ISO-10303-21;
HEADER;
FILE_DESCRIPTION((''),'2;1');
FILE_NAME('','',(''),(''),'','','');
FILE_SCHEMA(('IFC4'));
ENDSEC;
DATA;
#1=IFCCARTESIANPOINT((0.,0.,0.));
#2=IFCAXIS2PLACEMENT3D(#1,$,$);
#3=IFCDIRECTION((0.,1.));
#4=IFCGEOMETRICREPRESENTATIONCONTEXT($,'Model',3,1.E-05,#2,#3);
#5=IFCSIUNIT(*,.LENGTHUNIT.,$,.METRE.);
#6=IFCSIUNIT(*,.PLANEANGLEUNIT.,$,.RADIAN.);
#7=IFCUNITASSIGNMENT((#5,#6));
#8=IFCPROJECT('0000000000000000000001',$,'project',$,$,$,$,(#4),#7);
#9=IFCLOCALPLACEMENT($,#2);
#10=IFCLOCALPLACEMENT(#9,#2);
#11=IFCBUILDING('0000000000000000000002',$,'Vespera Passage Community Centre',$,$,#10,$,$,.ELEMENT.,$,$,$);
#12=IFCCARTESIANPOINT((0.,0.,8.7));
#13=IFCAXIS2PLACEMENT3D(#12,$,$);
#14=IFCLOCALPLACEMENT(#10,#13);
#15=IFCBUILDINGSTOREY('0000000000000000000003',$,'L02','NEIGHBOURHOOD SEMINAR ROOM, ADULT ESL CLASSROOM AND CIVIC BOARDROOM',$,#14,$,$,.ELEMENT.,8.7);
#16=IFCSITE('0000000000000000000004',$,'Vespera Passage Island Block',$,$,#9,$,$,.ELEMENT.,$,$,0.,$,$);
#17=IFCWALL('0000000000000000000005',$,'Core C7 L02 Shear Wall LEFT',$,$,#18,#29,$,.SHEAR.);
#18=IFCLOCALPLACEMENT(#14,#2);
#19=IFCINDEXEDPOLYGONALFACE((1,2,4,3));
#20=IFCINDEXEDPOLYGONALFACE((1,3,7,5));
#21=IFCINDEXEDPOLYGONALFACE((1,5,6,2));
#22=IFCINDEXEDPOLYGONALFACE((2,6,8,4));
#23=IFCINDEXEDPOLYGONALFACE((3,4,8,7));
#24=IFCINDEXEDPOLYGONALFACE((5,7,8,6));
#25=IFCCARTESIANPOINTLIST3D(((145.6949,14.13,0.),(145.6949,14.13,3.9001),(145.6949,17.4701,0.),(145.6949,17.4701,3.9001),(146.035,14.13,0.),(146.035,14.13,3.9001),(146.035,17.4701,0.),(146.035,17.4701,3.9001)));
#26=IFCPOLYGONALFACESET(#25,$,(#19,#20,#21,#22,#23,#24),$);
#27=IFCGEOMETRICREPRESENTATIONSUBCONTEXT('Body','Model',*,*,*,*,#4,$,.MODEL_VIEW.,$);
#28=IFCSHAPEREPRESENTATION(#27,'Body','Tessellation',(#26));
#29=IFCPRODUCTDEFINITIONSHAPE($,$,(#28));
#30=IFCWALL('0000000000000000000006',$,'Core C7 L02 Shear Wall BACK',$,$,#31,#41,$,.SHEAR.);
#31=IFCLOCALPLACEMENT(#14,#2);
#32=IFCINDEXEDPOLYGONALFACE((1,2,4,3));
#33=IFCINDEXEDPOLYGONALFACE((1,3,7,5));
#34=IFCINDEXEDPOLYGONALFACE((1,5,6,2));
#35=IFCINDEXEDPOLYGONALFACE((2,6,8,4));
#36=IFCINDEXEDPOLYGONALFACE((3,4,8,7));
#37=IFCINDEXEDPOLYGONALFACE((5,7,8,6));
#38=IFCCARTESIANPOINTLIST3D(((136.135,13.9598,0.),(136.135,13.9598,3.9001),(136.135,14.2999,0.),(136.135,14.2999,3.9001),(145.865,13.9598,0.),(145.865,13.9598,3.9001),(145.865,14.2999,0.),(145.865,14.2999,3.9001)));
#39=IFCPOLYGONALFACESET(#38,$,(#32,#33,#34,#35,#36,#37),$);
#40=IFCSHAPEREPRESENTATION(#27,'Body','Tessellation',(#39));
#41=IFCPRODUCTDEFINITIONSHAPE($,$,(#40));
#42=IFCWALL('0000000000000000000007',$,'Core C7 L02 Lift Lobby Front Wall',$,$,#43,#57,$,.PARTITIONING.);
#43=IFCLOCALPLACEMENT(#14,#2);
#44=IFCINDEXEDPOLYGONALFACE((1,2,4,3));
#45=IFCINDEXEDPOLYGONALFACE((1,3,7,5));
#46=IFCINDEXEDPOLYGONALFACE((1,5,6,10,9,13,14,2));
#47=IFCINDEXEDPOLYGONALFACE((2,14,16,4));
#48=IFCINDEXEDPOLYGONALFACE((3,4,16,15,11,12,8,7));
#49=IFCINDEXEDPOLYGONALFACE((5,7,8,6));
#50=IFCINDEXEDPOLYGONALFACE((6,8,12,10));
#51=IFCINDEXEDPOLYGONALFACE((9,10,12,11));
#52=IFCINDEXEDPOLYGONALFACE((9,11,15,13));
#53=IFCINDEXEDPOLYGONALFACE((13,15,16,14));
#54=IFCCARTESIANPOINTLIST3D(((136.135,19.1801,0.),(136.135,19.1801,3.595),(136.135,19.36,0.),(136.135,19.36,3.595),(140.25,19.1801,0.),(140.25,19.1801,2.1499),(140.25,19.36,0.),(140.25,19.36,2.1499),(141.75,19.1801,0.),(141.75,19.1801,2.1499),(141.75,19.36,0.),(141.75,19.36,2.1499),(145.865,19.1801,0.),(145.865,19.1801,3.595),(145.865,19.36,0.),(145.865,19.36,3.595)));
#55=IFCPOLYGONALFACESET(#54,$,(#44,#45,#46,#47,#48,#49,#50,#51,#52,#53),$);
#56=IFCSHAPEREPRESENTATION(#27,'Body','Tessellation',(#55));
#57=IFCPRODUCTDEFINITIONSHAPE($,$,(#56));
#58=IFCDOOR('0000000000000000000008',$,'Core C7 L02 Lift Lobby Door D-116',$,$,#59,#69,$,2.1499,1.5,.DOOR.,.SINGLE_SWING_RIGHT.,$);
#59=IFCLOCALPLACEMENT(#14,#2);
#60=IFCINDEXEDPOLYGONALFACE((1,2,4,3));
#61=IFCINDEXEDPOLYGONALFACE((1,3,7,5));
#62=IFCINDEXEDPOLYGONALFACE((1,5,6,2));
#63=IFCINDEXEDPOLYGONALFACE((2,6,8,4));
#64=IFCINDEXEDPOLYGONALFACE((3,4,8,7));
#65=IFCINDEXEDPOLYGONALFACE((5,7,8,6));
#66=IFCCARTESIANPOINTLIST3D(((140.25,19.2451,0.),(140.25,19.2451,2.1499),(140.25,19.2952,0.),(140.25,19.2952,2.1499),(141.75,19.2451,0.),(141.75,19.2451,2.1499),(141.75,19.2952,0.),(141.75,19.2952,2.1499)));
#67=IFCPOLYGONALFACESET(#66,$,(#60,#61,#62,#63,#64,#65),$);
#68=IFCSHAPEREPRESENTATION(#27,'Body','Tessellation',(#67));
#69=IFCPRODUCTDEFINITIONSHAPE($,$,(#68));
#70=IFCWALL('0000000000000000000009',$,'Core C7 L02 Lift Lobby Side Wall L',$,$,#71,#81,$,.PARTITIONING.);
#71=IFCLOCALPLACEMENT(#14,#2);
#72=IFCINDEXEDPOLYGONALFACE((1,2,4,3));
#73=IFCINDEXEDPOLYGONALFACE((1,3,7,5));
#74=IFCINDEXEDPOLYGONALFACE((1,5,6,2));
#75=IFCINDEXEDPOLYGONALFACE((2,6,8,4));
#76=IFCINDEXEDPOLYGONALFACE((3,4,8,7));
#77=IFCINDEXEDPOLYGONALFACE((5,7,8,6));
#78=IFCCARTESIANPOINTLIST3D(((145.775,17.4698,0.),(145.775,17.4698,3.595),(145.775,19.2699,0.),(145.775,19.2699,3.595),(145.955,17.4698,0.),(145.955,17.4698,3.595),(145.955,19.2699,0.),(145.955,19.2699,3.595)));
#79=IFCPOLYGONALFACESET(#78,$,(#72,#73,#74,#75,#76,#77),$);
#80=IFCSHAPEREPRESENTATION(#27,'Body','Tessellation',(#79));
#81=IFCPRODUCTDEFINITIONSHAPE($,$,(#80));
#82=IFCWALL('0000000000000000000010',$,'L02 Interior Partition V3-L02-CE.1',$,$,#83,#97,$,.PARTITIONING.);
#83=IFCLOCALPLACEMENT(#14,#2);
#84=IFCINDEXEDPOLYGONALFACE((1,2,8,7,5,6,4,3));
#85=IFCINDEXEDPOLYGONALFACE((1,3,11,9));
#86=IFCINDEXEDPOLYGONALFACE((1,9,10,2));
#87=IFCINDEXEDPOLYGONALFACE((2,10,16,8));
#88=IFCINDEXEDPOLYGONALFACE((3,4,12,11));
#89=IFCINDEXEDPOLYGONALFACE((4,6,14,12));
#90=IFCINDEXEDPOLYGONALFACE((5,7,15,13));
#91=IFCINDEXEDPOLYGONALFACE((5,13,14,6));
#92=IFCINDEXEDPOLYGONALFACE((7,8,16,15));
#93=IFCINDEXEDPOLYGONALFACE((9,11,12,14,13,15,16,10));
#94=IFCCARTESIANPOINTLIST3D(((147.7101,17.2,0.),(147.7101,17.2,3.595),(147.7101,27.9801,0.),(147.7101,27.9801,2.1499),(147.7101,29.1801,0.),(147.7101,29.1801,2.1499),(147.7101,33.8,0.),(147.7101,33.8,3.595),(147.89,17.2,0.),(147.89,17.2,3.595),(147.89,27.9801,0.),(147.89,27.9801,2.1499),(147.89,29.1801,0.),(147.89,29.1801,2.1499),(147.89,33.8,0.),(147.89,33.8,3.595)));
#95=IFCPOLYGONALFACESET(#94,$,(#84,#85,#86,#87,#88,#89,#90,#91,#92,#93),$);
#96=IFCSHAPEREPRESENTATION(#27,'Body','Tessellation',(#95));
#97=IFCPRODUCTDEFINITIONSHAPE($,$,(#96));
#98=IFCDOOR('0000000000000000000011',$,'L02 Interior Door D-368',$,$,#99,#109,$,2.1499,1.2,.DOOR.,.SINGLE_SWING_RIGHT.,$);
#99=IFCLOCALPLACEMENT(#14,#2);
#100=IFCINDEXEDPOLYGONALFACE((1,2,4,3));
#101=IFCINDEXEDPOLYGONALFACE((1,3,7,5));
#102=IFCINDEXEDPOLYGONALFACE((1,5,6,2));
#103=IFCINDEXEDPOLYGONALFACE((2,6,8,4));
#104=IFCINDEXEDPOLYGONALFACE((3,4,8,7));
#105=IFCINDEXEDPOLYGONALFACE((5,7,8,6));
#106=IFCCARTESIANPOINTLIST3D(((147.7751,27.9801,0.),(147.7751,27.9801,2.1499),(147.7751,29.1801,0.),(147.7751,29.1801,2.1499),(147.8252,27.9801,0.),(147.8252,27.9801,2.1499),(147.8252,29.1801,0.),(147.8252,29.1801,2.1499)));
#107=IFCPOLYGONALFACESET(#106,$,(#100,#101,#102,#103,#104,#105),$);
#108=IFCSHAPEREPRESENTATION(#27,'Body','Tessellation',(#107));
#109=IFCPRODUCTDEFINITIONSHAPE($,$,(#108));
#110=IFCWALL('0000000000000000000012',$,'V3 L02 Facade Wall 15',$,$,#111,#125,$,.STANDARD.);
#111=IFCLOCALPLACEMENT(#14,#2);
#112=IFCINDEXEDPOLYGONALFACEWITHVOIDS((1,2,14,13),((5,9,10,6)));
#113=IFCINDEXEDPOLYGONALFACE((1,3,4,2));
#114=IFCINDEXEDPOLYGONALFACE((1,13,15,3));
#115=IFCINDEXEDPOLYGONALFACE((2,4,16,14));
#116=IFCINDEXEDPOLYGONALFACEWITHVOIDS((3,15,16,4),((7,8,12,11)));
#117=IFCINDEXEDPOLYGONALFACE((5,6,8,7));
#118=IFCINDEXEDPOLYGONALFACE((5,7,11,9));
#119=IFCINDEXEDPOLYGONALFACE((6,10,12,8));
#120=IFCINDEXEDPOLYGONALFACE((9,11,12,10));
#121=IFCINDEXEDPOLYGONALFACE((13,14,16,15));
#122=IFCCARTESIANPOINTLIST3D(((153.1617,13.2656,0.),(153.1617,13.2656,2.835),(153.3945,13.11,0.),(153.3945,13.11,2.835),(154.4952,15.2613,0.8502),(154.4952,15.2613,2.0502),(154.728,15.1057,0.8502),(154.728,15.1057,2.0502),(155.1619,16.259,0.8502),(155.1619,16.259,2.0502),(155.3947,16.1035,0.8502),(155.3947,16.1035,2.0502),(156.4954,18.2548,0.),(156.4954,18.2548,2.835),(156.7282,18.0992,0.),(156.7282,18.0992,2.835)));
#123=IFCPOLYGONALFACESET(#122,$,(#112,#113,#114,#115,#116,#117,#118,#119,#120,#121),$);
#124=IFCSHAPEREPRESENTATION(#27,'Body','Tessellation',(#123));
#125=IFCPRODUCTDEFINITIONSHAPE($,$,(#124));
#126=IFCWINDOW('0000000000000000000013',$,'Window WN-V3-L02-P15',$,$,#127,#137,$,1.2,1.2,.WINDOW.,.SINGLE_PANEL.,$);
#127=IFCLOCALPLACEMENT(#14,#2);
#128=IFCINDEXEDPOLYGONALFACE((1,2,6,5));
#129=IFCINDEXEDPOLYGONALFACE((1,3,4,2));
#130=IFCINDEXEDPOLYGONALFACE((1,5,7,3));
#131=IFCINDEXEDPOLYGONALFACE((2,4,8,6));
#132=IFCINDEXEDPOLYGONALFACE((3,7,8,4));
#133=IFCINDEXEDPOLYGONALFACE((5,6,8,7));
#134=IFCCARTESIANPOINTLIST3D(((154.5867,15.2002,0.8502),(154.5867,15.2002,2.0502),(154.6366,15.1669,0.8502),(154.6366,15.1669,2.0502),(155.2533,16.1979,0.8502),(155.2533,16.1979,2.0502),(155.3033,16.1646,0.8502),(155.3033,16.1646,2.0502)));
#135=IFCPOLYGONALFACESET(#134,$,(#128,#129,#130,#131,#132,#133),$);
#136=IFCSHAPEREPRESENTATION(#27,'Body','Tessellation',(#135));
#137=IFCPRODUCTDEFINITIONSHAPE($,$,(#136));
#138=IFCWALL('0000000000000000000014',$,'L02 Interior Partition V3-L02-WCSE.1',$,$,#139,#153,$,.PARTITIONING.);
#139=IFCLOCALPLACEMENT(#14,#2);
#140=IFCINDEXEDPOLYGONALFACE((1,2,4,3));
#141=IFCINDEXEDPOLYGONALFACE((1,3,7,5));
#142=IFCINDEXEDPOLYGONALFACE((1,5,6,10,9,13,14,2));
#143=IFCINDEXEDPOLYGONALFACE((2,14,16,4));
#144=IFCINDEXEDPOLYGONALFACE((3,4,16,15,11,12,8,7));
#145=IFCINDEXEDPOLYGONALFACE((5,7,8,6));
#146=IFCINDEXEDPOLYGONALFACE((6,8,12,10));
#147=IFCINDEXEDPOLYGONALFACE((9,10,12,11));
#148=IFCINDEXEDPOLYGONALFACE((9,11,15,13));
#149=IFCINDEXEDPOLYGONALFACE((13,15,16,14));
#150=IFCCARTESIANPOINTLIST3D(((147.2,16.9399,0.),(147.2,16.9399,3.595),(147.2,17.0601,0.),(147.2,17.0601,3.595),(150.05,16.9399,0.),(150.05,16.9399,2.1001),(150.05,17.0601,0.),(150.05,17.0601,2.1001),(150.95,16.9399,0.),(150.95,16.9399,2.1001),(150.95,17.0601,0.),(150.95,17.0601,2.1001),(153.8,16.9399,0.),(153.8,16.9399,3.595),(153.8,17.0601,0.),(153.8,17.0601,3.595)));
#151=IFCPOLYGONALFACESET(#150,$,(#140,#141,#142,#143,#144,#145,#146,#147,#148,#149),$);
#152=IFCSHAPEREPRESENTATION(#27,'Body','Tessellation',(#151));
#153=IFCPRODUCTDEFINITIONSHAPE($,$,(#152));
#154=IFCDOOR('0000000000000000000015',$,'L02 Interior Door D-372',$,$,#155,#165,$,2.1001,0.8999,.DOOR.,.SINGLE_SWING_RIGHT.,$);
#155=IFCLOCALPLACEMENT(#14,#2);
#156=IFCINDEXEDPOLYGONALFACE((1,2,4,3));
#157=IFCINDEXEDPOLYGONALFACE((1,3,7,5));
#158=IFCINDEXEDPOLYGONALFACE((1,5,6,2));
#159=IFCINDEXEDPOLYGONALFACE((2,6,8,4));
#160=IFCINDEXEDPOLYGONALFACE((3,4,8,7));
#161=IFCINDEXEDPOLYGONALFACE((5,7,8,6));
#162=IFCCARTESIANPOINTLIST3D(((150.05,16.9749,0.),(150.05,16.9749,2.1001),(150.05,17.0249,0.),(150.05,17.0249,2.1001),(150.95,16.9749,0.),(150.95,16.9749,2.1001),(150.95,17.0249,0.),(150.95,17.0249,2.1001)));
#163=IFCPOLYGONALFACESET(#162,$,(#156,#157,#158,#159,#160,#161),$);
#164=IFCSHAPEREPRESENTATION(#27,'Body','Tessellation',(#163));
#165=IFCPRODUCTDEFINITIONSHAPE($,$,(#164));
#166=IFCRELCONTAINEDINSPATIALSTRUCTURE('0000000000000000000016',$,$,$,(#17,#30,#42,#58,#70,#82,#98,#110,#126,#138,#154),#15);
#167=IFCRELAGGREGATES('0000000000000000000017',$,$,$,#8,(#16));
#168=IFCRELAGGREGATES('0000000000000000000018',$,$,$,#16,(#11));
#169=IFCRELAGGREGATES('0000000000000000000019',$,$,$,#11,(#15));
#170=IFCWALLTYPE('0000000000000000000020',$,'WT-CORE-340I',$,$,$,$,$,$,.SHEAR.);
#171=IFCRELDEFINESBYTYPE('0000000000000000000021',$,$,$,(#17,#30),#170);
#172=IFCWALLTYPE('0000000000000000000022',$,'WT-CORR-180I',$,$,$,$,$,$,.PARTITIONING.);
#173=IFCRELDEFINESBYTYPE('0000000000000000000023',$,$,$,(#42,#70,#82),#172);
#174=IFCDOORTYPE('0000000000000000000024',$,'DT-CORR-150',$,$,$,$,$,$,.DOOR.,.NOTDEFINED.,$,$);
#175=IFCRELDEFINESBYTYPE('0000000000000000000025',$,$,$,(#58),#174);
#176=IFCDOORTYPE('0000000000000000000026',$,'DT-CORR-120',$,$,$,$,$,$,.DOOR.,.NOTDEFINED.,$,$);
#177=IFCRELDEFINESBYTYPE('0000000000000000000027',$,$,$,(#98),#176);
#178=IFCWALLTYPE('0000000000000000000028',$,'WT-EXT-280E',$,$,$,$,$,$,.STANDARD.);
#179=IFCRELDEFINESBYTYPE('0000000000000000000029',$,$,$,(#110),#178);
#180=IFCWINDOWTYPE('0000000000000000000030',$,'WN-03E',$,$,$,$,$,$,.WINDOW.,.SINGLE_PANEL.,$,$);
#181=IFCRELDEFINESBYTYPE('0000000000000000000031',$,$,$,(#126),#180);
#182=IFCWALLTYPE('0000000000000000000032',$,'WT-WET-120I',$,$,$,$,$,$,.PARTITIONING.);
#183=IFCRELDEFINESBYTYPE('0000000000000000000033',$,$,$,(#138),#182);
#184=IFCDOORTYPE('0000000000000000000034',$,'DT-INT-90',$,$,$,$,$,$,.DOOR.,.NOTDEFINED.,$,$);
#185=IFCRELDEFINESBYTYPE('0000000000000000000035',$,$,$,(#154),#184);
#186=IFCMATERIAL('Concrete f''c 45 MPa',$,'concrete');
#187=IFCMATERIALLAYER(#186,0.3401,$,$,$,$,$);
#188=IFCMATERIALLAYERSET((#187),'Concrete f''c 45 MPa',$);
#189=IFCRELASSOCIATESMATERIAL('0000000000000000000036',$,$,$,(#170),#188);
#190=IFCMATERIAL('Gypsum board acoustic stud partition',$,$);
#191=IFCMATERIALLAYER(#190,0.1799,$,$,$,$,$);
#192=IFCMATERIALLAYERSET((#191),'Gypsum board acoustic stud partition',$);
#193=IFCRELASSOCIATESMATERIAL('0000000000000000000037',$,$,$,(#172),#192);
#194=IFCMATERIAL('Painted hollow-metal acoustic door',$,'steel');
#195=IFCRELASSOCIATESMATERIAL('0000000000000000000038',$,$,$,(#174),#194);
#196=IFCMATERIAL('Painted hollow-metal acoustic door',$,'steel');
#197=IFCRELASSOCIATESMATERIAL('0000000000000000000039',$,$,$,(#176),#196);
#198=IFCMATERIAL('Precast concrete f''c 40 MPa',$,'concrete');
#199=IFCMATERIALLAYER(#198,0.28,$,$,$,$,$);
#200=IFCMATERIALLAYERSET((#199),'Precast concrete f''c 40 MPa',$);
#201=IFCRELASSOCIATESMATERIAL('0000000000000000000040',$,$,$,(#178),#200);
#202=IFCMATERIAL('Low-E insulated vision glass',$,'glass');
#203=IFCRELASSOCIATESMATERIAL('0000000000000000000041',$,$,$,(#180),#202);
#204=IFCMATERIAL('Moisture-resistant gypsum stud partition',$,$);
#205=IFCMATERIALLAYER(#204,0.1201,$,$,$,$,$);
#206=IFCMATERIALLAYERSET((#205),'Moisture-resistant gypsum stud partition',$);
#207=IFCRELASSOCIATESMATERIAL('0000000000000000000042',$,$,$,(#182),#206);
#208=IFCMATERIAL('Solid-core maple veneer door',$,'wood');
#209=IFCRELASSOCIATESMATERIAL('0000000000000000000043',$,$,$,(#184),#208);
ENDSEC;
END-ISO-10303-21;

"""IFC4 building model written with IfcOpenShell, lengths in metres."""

from ifc_helpers import new_model, si_unit, direction, frame, frame_2d, origin, place, context, subcontext, project, spatial, rectangle, extrude, material, layer, layer_set, type_object, element, fill, save


model = new_model("IFC4")

# Units and contexts
model_context = context("Model", 3, precision=1e-05, world=origin(), true_north=direction((0.0, 1.0)))
body_context = subcontext(model_context, "Body", "Model", "MODEL_VIEW")
ifc_project = project(units=[si_unit("LENGTHUNIT", "METRE"), si_unit("PLANEANGLEUNIT", "RADIAN")], contexts=[model_context])

# Site, building, storey
site_placement = place(None, origin())
site = spatial("IfcSite", under=ifc_project, at=site_placement, Name="Vespera Passage Island Block", CompositionType="ELEMENT", RefElevation=0.0)
building_placement = place(site_placement, origin())
building = spatial("IfcBuilding", under=site, at=building_placement, Name="Vespera Passage Community Centre", CompositionType="ELEMENT")
storey_placement = place(building_placement, frame((0.0, 0.0, 8.7)))
storey = spatial("IfcBuildingStorey", under=building, at=storey_placement, Name="L02", Description="NEIGHBOURHOOD SEMINAR ROOM, ADULT ESL CLASSROOM AND CIVIC BOARDROOM", CompositionType="ELEMENT", Elevation=8.7)

# Walls
ifc_material_1 = material(Name="Concrete f'c 45 MPa", Category="concrete")
ifc_layer_1 = layer(ifc_material_1, 0.3401)
ifc_layer_set_1 = layer_set([ifc_layer_1], Name="Concrete f'c 45 MPa")
wall_type_1 = type_object("IfcWallType", Name="WT-CORE-340I", PredefinedType="SHEAR", material=ifc_layer_set_1)
wall_1_placement = place(storey_placement, frame((145.865, 17.47, 0.0), z_axis=(0.0, 0.0, 1.0), x_axis=(0.0, -1.0, 0.0)))
element("IfcWall", 1, at=wall_1_placement, inside=storey, type_object=wall_type_1, Name="Core C7 L02 Shear Wall LEFT", PredefinedType="SHEAR", context=body_context, shape_type="SweptSolid", body=[
    extrude(rectangle(XDim=3.3401, YDim=0.3401, at=frame_2d((1.6699, 0.0))), origin(), (0.0, 0.0, 1.0), 3.9001),
])
wall_2_placement = place(storey_placement, frame((145.865, 14.1299, 0.0), z_axis=(0.0, 0.0, 1.0), x_axis=(-1.0, 0.0, 0.0)))
element("IfcWall", 2, at=wall_2_placement, inside=storey, type_object=wall_type_1, Name="Core C7 L02 Shear Wall BACK", PredefinedType="SHEAR", context=body_context, shape_type="SweptSolid", body=[
    extrude(rectangle(XDim=9.73, YDim=0.3401, at=frame_2d((4.865, 0.0))), origin(), (0.0, 0.0, 1.0), 3.9001),
])

# Wall, opening, door
ifc_material_2 = material(Name="Gypsum board acoustic stud partition")
ifc_layer_2 = layer(ifc_material_2, 0.1799)
ifc_layer_set_2 = layer_set([ifc_layer_2], Name="Gypsum board acoustic stud partition")
wall_type_2 = type_object("IfcWallType", Name="WT-CORR-180I", PredefinedType="PARTITIONING", material=ifc_layer_set_2)
wall_3_placement = place(storey_placement, frame((145.865, 19.27, 0.0), z_axis=(0.0, 0.0, 1.0), x_axis=(-1.0, 0.0, 0.0)))
wall_3 = element("IfcWall", 3, at=wall_3_placement, inside=storey, type_object=wall_type_2, Name="Core C7 L02 Lift Lobby Front Wall", PredefinedType="PARTITIONING", context=body_context, shape_type="SweptSolid", body=[
    extrude(rectangle(XDim=9.73, YDim=0.1799, at=frame_2d((4.865, 0.0))), origin(), (0.0, 0.0, 1.0), 3.595),
])
opening_1_placement = place(wall_3_placement, frame((4.115, 0.0, 0.0)))
opening_1 = element("IfcOpeningElement", 4, at=opening_1_placement, cuts=wall_3, PredefinedType="OPENING", context=body_context, shape_type="SweptSolid", body=[
    extrude(rectangle(XDim=1.5, YDim=2.1499, at=frame_2d((0.75, 1.075))), frame((0.0, 0.0999, 0.0), z_axis=(0.0, -1.0, 0.0), x_axis=(1.0, 0.0, 0.0)), (0.0, 0.0, 1.0), 0.2),
])
ifc_material_3 = material(Name="Painted hollow-metal acoustic door", Category="steel")
door_type_1 = type_object("IfcDoorType", Name="DT-CORR-150", OperationType="NOTDEFINED", PredefinedType="DOOR", material=ifc_material_3)
door_1_placement = place(opening_1_placement, origin())
door_1 = element("IfcDoor", 5, at=door_1_placement, inside=storey, type_object=door_type_1, Name="Core C7 L02 Lift Lobby Door D-116", OperationType="SINGLE_SWING_RIGHT", OverallHeight=2.1499, OverallWidth=1.5, PredefinedType="DOOR", context=body_context, shape_type="SweptSolid", body=[
    extrude(rectangle(XDim=1.5, YDim=2.1499, at=frame_2d((0.75, 1.075))), frame((0.0, 0.0249, 0.0), z_axis=(0.0, -1.0, 0.0), x_axis=(1.0, 0.0, 0.0)), (0.0, 0.0, 1.0), 0.05),
])
fill(opening_1, door_1)

# Wall
wall_4_placement = place(storey_placement, frame((145.865, 17.47, 0.0), z_axis=(0.0, 0.0, 1.0), x_axis=(0.0, 1.0, 0.0)))
element("IfcWall", 6, at=wall_4_placement, inside=storey, type_object=wall_type_2, Name="Core C7 L02 Lift Lobby Side Wall L", PredefinedType="PARTITIONING", context=body_context, shape_type="SweptSolid", body=[
    extrude(rectangle(XDim=1.8, YDim=0.1799, at=frame_2d((0.8999, 0.0))), origin(), (0.0, 0.0, 1.0), 3.595),
])

# Wall, opening, door
wall_5_placement = place(storey_placement, frame((147.8, 17.2, 0.0), z_axis=(0.0, 0.0, 1.0), x_axis=(0.0, 1.0, 0.0)))
wall_5 = element("IfcWall", 7, at=wall_5_placement, inside=storey, type_object=wall_type_2, Name="L02 Interior Partition V3-L02-CE.1", PredefinedType="PARTITIONING", context=body_context, shape_type="SweptSolid", body=[
    extrude(rectangle(XDim=16.6001, YDim=0.1799, at=frame_2d((8.3, 0.0))), origin(), (0.0, 0.0, 1.0), 3.595),
])
opening_2_placement = place(wall_5_placement, frame((10.78, 0.0, 0.0)))
opening_2 = element("IfcOpeningElement", 8, at=opening_2_placement, cuts=wall_5, PredefinedType="OPENING", context=body_context, shape_type="SweptSolid", body=[
    extrude(rectangle(XDim=1.2, YDim=2.1499, at=frame_2d((0.6001, 1.075))), frame((0.0, 0.0999, 0.0), z_axis=(0.0, -1.0, 0.0), x_axis=(1.0, 0.0, 0.0)), (0.0, 0.0, 1.0), 0.2),
])
ifc_material_4 = material(Name="Painted hollow-metal acoustic door", Category="steel")
door_type_2 = type_object("IfcDoorType", Name="DT-CORR-120", OperationType="NOTDEFINED", PredefinedType="DOOR", material=ifc_material_4)
door_2_placement = place(opening_2_placement, origin())
door_2 = element("IfcDoor", 9, at=door_2_placement, inside=storey, type_object=door_type_2, Name="L02 Interior Door D-368", OperationType="SINGLE_SWING_RIGHT", OverallHeight=2.1499, OverallWidth=1.2, PredefinedType="DOOR", context=body_context, shape_type="SweptSolid", body=[
    extrude(rectangle(XDim=1.2, YDim=2.1499, at=frame_2d((0.6001, 1.075))), frame((0.0, 0.0249, 0.0), z_axis=(0.0, -1.0, 0.0), x_axis=(1.0, 0.0, 0.0)), (0.0, 0.0, 1.0), 0.05),
])
fill(opening_2, door_2)

# Wall, opening, window
ifc_material_5 = material(Name="Precast concrete f'c 40 MPa", Category="concrete")
ifc_layer_3 = layer(ifc_material_5, 0.28)
ifc_layer_set_3 = layer_set([ifc_layer_3], Name="Precast concrete f'c 40 MPa")
wall_type_3 = type_object("IfcWallType", Name="WT-EXT-280E", PredefinedType="STANDARD", material=ifc_layer_set_3)
wall_6_placement = place(storey_placement, frame((156.6118, 18.177, 0.0), z_axis=(0.0, 0.0, 1.0), x_axis=(-0.555573, -0.831468, 0.0)))
wall_6 = element("IfcWall", 10, at=wall_6_placement, inside=storey, type_object=wall_type_3, Name="V3 L02 Facade Wall 15", PredefinedType="STANDARD", context=body_context, shape_type="SweptSolid", body=[
    extrude(rectangle(XDim=6.0005, YDim=0.28, at=frame_2d((3.0002, 0.0))), origin(), (0.0, 0.0, 1.0), 2.835),
])
opening_3_placement = place(wall_6_placement, frame((2.4001, 0.0, 0.8501)))
opening_3 = element("IfcOpeningElement", 11, at=opening_3_placement, cuts=wall_6, PredefinedType="OPENING", context=body_context, shape_type="SweptSolid", body=[
    extrude(rectangle(XDim=1.2, YDim=1.2, at=frame_2d((0.6001, 0.6001))), frame((0.0, 0.1501, 0.0), z_axis=(0.0, -1.0, 0.0), x_axis=(1.0, 0.0, 0.0)), (0.0, 0.0, 1.0), 0.3),
])
ifc_material_6 = material(Name="Low-E insulated vision glass", Category="glass")
window_type = type_object("IfcWindowType", Name="WN-03E", PartitioningType="SINGLE_PANEL", PredefinedType="WINDOW", material=ifc_material_6)
window_placement = place(opening_3_placement, origin())
window = element("IfcWindow", 12, at=window_placement, inside=storey, type_object=window_type, Name="Window WN-V3-L02-P15", OverallHeight=1.2, OverallWidth=1.2, PartitioningType="SINGLE_PANEL", PredefinedType="WINDOW", context=body_context, shape_type="SweptSolid", body=[
    extrude(rectangle(XDim=1.2, YDim=1.2, at=frame_2d((0.6001, 0.6001))), frame((0.0, 0.03, 0.0), z_axis=(0.0, -1.0, 0.0), x_axis=(1.0, 0.0, 0.0)), (0.0, 0.0, 1.0), 0.0601),
])
fill(opening_3, window)

# Wall, opening, door
ifc_material_7 = material(Name="Moisture-resistant gypsum stud partition")
ifc_layer_4 = layer(ifc_material_7, 0.1201)
ifc_layer_set_4 = layer_set([ifc_layer_4], Name="Moisture-resistant gypsum stud partition")
wall_type_4 = type_object("IfcWallType", Name="WT-WET-120I", PredefinedType="PARTITIONING", material=ifc_layer_set_4)
wall_7_placement = place(storey_placement, frame((147.2, 17.0, 0.0), z_axis=(0.0, 0.0, 1.0), x_axis=(1.0, 0.0, 0.0)))
wall_7 = element("IfcWall", 13, at=wall_7_placement, inside=storey, type_object=wall_type_4, Name="L02 Interior Partition V3-L02-WCSE.1", PredefinedType="PARTITIONING", context=body_context, shape_type="SweptSolid", body=[
    extrude(rectangle(XDim=6.6001, YDim=0.1201, at=frame_2d((3.3, 0.0))), origin(), (0.0, 0.0, 1.0), 3.595),
])
opening_4_placement = place(wall_7_placement, frame((2.8501, 0.0, 0.0)))
opening_4 = element("IfcOpeningElement", 14, at=opening_4_placement, cuts=wall_7, PredefinedType="OPENING", context=body_context, shape_type="SweptSolid", body=[
    extrude(rectangle(XDim=0.8999, YDim=2.1001, at=frame_2d((0.45, 1.05))), frame((0.0, 0.0701, 0.0), z_axis=(0.0, -1.0, 0.0), x_axis=(1.0, 0.0, 0.0)), (0.0, 0.0, 1.0), 0.1401),
])
ifc_material_8 = material(Name="Solid-core maple veneer door", Category="wood")
door_type_3 = type_object("IfcDoorType", Name="DT-INT-90", OperationType="NOTDEFINED", PredefinedType="DOOR", material=ifc_material_8)
door_3_placement = place(opening_4_placement, origin())
door_3 = element("IfcDoor", 15, at=door_3_placement, inside=storey, type_object=door_type_3, Name="L02 Interior Door D-372", OperationType="SINGLE_SWING_RIGHT", OverallHeight=2.1001, OverallWidth=0.8999, PredefinedType="DOOR", context=body_context, shape_type="SweptSolid", body=[
    extrude(rectangle(XDim=0.8999, YDim=2.1001, at=frame_2d((0.45, 1.05))), frame((0.0, 0.0249, 0.0), z_axis=(0.0, -1.0, 0.0), x_axis=(1.0, 0.0, 0.0)), (0.0, 0.0, 1.0), 0.05),
])
fill(opening_4, door_3)

save(model, "model.ifc")
